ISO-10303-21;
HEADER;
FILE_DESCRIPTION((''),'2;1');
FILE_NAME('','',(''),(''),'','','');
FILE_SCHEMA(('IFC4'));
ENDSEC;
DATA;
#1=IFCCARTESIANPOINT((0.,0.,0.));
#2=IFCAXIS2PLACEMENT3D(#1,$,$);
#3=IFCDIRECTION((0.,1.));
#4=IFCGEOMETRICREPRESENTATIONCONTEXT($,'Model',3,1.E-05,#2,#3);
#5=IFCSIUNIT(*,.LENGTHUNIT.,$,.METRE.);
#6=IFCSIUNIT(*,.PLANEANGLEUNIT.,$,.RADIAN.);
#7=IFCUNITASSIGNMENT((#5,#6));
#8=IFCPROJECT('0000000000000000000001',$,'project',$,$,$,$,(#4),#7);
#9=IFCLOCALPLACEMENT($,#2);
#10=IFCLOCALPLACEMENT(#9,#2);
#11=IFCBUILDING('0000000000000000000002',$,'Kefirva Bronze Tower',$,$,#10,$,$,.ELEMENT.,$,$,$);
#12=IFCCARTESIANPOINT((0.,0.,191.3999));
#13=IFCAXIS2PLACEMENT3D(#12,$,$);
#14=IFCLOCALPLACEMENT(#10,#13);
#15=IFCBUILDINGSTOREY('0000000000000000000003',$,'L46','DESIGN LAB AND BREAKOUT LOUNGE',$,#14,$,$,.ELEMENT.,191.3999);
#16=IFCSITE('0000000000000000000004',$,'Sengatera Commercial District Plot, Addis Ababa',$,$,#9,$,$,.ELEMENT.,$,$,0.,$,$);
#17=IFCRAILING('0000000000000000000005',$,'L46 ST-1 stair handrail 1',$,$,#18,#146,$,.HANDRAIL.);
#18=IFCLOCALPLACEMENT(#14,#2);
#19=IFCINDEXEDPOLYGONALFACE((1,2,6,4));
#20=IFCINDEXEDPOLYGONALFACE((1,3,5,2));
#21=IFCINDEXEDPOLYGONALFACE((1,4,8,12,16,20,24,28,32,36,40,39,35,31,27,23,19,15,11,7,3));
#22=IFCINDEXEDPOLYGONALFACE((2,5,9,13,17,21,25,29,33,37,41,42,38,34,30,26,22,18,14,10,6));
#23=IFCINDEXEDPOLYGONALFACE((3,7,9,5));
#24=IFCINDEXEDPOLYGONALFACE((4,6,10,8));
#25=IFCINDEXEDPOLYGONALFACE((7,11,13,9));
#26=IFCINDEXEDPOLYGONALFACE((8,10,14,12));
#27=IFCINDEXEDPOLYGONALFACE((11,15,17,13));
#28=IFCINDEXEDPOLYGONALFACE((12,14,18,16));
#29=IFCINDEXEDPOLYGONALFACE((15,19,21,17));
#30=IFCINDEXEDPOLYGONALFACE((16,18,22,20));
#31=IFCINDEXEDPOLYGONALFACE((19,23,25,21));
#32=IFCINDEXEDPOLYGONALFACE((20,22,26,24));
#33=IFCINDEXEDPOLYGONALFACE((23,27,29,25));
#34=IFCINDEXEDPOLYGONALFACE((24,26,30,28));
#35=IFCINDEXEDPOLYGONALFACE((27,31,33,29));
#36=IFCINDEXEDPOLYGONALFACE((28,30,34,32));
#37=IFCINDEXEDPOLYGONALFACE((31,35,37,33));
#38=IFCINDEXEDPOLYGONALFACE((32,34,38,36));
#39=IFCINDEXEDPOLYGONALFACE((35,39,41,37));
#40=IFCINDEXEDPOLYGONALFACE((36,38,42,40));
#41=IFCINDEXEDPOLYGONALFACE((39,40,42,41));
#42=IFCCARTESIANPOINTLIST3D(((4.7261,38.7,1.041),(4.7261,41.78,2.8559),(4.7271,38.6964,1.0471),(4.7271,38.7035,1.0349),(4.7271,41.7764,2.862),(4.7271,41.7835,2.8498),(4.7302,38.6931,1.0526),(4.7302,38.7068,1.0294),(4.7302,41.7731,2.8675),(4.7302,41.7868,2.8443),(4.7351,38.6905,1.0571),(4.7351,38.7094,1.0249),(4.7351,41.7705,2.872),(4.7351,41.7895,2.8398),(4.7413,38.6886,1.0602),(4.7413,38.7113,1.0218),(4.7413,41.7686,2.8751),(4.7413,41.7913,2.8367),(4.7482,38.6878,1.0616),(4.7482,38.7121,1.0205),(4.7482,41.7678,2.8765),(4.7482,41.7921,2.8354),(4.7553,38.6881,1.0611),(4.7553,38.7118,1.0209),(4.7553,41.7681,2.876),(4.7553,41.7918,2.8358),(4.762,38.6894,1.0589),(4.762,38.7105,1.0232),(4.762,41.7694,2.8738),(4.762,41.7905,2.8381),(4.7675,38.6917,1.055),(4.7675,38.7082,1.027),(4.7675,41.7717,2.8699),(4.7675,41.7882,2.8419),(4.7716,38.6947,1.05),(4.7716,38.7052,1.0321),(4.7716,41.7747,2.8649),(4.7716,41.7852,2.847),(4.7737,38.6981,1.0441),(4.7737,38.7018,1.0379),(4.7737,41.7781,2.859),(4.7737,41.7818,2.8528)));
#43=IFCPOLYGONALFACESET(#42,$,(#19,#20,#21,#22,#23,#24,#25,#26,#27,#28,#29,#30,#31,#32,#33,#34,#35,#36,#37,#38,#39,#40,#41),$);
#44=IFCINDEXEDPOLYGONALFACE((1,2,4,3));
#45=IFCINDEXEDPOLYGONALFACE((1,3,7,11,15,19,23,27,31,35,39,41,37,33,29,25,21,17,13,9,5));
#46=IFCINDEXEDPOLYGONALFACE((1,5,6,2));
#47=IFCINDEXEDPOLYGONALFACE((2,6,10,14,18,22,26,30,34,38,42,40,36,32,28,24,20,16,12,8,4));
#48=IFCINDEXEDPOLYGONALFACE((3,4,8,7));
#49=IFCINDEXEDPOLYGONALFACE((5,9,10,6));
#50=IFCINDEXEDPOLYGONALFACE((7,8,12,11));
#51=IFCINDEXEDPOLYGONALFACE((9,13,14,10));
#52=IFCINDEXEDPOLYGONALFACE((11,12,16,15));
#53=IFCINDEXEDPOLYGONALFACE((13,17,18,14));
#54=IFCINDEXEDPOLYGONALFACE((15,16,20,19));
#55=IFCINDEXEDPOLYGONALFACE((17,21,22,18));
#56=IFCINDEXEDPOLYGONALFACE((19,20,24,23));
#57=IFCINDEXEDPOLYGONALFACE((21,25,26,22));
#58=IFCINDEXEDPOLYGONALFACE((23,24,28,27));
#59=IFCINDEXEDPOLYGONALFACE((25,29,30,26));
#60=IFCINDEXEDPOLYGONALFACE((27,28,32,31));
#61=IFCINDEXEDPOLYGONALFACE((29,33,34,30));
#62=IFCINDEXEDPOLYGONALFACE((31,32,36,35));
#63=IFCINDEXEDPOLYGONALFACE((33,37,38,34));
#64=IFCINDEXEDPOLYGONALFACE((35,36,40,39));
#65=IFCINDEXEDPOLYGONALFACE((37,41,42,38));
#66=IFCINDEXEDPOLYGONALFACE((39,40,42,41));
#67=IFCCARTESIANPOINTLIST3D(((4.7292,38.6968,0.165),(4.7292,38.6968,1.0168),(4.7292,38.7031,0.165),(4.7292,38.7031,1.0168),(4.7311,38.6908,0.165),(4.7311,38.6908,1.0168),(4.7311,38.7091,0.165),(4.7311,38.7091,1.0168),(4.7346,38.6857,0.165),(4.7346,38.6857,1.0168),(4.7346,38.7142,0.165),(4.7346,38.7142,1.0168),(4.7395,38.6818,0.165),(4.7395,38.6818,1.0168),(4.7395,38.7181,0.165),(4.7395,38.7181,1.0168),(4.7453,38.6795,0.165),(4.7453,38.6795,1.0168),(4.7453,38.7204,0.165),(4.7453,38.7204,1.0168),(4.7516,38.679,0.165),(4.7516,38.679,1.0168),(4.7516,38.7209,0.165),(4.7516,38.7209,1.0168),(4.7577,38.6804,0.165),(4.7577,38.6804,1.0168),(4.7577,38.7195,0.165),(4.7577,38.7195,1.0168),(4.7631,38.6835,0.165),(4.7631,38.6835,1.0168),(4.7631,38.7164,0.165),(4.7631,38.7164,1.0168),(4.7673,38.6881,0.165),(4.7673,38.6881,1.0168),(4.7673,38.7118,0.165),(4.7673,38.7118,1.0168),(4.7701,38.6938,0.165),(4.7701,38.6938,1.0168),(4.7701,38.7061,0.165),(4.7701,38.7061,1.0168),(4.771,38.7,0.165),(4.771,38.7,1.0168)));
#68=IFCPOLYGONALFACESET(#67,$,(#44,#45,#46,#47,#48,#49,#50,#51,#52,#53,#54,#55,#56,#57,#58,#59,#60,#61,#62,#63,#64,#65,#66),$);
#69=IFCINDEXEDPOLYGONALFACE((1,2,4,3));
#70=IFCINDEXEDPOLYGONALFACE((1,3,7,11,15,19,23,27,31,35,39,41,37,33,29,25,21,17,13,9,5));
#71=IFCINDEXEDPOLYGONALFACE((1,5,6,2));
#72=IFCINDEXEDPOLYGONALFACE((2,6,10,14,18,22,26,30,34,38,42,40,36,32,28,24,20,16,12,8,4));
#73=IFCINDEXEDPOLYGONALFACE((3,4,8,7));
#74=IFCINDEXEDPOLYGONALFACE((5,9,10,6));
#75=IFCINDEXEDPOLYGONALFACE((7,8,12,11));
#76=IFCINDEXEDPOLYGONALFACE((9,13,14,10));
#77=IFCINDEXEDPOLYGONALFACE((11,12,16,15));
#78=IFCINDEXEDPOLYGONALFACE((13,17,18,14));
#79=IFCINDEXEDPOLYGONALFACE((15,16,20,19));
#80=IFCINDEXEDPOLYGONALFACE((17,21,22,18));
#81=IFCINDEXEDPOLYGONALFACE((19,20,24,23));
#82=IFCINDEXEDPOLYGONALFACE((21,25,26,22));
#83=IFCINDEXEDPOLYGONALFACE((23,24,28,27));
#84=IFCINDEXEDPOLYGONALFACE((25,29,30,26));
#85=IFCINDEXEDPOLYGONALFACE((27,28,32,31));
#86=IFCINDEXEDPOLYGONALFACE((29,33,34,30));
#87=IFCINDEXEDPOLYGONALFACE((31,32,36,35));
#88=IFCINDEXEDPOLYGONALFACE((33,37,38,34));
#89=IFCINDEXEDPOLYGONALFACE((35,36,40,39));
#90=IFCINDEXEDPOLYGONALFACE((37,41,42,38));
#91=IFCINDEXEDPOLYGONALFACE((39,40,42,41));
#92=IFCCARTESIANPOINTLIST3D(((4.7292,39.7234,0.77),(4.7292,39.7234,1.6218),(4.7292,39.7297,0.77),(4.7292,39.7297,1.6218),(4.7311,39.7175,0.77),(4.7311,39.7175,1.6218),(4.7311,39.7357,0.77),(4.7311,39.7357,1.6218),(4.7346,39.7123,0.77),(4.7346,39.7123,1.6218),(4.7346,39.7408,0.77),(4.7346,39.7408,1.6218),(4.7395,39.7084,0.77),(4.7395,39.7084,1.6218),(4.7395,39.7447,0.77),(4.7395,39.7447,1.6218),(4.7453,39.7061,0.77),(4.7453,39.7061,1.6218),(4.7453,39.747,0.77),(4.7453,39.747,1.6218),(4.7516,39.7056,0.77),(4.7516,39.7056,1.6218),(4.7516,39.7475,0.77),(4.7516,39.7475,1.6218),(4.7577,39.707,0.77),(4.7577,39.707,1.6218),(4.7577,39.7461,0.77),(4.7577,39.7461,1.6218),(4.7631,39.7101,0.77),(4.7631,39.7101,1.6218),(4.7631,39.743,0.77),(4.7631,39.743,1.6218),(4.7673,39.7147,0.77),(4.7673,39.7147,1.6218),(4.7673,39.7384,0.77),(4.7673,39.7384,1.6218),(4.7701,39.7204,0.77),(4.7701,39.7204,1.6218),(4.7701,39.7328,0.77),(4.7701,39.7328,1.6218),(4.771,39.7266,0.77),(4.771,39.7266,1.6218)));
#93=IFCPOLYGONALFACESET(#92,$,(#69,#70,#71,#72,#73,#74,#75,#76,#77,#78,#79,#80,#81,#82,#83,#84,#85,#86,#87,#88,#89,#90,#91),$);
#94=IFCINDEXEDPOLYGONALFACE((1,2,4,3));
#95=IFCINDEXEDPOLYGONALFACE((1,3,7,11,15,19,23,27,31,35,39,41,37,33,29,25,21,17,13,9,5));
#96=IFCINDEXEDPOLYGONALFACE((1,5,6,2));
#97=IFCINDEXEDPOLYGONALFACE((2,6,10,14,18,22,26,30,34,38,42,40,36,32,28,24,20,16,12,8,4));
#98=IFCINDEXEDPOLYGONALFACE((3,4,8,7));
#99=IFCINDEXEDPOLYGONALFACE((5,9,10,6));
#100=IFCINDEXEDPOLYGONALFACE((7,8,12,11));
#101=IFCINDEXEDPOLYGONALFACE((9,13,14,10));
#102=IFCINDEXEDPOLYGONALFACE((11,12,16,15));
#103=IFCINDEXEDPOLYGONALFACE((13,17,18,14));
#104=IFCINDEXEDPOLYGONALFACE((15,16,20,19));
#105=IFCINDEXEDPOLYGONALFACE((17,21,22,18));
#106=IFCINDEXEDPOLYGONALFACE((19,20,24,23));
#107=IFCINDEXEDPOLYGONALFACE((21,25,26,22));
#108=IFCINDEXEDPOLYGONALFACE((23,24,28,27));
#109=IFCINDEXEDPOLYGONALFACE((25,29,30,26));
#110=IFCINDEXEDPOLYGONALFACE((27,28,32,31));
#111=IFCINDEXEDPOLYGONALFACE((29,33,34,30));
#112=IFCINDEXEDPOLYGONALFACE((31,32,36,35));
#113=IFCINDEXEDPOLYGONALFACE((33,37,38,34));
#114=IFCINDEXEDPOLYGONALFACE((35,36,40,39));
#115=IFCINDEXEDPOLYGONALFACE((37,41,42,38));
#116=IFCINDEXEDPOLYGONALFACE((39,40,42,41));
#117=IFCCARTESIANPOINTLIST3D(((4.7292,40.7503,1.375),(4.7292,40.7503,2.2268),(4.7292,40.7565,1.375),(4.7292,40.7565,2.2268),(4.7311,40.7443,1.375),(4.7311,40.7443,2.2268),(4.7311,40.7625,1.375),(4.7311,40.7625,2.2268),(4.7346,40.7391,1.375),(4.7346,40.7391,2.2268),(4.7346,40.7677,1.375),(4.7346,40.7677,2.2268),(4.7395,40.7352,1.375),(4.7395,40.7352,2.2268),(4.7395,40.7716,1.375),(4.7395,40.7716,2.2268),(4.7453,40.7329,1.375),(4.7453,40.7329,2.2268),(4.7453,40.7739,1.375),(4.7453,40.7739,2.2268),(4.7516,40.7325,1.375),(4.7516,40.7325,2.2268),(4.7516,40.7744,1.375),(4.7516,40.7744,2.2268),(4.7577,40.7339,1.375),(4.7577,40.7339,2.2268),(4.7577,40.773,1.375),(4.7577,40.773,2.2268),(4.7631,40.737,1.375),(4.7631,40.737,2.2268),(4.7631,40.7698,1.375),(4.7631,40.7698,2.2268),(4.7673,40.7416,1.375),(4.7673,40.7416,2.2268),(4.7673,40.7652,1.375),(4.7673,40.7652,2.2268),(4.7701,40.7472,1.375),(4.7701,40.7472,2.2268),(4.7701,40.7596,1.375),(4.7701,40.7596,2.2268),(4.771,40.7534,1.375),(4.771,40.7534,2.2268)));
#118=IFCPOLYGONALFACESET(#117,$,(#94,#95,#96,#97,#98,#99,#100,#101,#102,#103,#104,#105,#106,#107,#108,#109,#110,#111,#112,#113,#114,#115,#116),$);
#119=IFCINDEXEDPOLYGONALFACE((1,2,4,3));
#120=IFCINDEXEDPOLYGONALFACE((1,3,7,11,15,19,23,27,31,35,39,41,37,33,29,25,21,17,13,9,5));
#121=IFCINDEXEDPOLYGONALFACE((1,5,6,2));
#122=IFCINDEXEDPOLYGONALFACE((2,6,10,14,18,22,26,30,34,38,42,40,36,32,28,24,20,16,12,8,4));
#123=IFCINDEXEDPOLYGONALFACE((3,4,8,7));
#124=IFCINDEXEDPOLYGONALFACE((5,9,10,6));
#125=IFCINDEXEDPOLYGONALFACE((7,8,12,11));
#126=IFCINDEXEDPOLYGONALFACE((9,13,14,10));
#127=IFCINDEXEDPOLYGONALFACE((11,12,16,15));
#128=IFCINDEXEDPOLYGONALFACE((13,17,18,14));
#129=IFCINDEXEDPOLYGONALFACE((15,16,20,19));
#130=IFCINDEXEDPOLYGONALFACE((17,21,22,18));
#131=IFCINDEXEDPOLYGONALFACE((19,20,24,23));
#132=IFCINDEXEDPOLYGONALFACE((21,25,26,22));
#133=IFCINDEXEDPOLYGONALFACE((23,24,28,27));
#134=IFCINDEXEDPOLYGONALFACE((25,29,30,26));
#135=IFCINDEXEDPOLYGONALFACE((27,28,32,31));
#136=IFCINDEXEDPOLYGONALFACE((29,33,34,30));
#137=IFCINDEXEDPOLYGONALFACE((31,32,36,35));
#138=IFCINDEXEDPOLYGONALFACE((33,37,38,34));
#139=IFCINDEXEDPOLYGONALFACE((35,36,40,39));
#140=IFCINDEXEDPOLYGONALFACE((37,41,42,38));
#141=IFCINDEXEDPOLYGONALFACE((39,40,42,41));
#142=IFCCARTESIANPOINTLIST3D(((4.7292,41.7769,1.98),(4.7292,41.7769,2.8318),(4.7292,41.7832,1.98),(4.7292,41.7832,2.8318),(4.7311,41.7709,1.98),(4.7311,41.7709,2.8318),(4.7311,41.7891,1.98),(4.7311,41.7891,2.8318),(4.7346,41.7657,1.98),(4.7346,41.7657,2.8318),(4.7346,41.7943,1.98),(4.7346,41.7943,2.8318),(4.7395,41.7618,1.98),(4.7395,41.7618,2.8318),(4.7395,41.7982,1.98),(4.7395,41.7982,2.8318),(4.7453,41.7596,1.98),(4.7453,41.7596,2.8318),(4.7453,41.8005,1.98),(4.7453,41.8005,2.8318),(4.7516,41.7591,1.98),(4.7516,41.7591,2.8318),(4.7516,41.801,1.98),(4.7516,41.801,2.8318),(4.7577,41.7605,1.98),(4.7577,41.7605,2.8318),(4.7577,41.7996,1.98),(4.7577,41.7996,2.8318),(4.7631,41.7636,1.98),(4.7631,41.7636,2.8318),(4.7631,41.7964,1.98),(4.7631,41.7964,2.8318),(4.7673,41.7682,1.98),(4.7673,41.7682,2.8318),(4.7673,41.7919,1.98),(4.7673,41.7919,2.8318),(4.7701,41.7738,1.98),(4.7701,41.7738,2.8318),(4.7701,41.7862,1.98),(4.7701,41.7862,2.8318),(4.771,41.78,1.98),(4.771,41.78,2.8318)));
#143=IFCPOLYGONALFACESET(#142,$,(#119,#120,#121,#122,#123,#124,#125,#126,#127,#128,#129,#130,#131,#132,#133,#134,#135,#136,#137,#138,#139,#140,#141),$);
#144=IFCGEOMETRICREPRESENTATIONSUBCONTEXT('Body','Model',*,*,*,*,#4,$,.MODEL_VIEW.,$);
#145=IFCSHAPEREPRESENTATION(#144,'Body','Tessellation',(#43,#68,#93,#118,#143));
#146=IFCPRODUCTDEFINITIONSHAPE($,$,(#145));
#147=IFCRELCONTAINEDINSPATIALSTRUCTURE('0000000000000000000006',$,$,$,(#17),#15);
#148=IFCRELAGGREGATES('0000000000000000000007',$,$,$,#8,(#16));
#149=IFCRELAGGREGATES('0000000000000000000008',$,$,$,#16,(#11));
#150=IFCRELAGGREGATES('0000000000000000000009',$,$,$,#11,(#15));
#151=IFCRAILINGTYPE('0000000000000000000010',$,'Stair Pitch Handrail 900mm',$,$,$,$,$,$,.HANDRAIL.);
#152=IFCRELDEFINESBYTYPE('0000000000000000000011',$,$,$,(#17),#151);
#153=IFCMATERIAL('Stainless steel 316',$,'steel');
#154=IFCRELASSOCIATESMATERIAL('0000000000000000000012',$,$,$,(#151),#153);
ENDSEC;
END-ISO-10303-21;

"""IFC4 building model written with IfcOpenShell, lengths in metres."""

from ifc_helpers import new_model, si_unit, direction, frame, origin, origin_2d, place, context, subcontext, project, spatial, circle, extrude, material, type_object, element, save


model = new_model("IFC4")

# Units and contexts
model_context = context("Model", 3, precision=1e-05, world=origin(), true_north=direction((0.0, 1.0)))
body_context = subcontext(model_context, "Body", "Model", "MODEL_VIEW")
ifc_project = project(units=[si_unit("LENGTHUNIT", "METRE"), si_unit("PLANEANGLEUNIT", "RADIAN")], contexts=[model_context])

# Site, building, storey
site_placement = place(None, origin())
site = spatial("IfcSite", under=ifc_project, at=site_placement, Name="Sengatera Commercial District Plot, Addis Ababa", CompositionType="ELEMENT", RefElevation=0.0)
building_placement = place(site_placement, origin())
building = spatial("IfcBuilding", under=site, at=building_placement, Name="Kefirva Bronze Tower", CompositionType="ELEMENT")
storey_placement = place(building_placement, frame((0.0, 0.0, 191.3999)))
storey = spatial("IfcBuildingStorey", under=building, at=storey_placement, Name="L46", Description="DESIGN LAB AND BREAKOUT LOUNGE", CompositionType="ELEMENT", Elevation=191.3999)

# Railing
ifc_material_1 = material(Name="Stainless steel 316", Category="steel")
railing_type_1 = type_object("IfcRailingType", Name="Stair Pitch Handrail 900mm", PredefinedType="HANDRAIL", material=ifc_material_1)
railing_1_placement = place(storey_placement, frame((4.75, 38.7, 0.165)))
element("IfcRailing", 1, at=railing_1_placement, inside=storey, type_object=railing_type_1, Name="L46 ST-1 stair handrail 1", PredefinedType="HANDRAIL", context=body_context, shape_type="SweptSolid", body=[
    extrude(circle(Radius=0.0239, at=origin_2d()), frame((0.0, 0.0, 0.876), z_axis=(0.0, 0.861551, 0.507671), x_axis=(-1.0, 0.0, 0.0)), (0.0, 0.0, 1.0), 3.575),
    extrude(circle(Radius=0.021, at=origin_2d()), origin(), (0.0, 0.0, 1.0), 0.8518),
    extrude(circle(Radius=0.021, at=origin_2d()), frame((0.0, 1.0266, 0.605)), (0.0, 0.0, 1.0), 0.8518),
    extrude(circle(Radius=0.021, at=origin_2d()), frame((0.0, 2.0535, 1.21)), (0.0, 0.0, 1.0), 0.8518),
    extrude(circle(Radius=0.021, at=origin_2d()), frame((0.0, 3.0801, 1.8149)), (0.0, 0.0, 1.0), 0.8518),
])

save(model, "model.ifc")
